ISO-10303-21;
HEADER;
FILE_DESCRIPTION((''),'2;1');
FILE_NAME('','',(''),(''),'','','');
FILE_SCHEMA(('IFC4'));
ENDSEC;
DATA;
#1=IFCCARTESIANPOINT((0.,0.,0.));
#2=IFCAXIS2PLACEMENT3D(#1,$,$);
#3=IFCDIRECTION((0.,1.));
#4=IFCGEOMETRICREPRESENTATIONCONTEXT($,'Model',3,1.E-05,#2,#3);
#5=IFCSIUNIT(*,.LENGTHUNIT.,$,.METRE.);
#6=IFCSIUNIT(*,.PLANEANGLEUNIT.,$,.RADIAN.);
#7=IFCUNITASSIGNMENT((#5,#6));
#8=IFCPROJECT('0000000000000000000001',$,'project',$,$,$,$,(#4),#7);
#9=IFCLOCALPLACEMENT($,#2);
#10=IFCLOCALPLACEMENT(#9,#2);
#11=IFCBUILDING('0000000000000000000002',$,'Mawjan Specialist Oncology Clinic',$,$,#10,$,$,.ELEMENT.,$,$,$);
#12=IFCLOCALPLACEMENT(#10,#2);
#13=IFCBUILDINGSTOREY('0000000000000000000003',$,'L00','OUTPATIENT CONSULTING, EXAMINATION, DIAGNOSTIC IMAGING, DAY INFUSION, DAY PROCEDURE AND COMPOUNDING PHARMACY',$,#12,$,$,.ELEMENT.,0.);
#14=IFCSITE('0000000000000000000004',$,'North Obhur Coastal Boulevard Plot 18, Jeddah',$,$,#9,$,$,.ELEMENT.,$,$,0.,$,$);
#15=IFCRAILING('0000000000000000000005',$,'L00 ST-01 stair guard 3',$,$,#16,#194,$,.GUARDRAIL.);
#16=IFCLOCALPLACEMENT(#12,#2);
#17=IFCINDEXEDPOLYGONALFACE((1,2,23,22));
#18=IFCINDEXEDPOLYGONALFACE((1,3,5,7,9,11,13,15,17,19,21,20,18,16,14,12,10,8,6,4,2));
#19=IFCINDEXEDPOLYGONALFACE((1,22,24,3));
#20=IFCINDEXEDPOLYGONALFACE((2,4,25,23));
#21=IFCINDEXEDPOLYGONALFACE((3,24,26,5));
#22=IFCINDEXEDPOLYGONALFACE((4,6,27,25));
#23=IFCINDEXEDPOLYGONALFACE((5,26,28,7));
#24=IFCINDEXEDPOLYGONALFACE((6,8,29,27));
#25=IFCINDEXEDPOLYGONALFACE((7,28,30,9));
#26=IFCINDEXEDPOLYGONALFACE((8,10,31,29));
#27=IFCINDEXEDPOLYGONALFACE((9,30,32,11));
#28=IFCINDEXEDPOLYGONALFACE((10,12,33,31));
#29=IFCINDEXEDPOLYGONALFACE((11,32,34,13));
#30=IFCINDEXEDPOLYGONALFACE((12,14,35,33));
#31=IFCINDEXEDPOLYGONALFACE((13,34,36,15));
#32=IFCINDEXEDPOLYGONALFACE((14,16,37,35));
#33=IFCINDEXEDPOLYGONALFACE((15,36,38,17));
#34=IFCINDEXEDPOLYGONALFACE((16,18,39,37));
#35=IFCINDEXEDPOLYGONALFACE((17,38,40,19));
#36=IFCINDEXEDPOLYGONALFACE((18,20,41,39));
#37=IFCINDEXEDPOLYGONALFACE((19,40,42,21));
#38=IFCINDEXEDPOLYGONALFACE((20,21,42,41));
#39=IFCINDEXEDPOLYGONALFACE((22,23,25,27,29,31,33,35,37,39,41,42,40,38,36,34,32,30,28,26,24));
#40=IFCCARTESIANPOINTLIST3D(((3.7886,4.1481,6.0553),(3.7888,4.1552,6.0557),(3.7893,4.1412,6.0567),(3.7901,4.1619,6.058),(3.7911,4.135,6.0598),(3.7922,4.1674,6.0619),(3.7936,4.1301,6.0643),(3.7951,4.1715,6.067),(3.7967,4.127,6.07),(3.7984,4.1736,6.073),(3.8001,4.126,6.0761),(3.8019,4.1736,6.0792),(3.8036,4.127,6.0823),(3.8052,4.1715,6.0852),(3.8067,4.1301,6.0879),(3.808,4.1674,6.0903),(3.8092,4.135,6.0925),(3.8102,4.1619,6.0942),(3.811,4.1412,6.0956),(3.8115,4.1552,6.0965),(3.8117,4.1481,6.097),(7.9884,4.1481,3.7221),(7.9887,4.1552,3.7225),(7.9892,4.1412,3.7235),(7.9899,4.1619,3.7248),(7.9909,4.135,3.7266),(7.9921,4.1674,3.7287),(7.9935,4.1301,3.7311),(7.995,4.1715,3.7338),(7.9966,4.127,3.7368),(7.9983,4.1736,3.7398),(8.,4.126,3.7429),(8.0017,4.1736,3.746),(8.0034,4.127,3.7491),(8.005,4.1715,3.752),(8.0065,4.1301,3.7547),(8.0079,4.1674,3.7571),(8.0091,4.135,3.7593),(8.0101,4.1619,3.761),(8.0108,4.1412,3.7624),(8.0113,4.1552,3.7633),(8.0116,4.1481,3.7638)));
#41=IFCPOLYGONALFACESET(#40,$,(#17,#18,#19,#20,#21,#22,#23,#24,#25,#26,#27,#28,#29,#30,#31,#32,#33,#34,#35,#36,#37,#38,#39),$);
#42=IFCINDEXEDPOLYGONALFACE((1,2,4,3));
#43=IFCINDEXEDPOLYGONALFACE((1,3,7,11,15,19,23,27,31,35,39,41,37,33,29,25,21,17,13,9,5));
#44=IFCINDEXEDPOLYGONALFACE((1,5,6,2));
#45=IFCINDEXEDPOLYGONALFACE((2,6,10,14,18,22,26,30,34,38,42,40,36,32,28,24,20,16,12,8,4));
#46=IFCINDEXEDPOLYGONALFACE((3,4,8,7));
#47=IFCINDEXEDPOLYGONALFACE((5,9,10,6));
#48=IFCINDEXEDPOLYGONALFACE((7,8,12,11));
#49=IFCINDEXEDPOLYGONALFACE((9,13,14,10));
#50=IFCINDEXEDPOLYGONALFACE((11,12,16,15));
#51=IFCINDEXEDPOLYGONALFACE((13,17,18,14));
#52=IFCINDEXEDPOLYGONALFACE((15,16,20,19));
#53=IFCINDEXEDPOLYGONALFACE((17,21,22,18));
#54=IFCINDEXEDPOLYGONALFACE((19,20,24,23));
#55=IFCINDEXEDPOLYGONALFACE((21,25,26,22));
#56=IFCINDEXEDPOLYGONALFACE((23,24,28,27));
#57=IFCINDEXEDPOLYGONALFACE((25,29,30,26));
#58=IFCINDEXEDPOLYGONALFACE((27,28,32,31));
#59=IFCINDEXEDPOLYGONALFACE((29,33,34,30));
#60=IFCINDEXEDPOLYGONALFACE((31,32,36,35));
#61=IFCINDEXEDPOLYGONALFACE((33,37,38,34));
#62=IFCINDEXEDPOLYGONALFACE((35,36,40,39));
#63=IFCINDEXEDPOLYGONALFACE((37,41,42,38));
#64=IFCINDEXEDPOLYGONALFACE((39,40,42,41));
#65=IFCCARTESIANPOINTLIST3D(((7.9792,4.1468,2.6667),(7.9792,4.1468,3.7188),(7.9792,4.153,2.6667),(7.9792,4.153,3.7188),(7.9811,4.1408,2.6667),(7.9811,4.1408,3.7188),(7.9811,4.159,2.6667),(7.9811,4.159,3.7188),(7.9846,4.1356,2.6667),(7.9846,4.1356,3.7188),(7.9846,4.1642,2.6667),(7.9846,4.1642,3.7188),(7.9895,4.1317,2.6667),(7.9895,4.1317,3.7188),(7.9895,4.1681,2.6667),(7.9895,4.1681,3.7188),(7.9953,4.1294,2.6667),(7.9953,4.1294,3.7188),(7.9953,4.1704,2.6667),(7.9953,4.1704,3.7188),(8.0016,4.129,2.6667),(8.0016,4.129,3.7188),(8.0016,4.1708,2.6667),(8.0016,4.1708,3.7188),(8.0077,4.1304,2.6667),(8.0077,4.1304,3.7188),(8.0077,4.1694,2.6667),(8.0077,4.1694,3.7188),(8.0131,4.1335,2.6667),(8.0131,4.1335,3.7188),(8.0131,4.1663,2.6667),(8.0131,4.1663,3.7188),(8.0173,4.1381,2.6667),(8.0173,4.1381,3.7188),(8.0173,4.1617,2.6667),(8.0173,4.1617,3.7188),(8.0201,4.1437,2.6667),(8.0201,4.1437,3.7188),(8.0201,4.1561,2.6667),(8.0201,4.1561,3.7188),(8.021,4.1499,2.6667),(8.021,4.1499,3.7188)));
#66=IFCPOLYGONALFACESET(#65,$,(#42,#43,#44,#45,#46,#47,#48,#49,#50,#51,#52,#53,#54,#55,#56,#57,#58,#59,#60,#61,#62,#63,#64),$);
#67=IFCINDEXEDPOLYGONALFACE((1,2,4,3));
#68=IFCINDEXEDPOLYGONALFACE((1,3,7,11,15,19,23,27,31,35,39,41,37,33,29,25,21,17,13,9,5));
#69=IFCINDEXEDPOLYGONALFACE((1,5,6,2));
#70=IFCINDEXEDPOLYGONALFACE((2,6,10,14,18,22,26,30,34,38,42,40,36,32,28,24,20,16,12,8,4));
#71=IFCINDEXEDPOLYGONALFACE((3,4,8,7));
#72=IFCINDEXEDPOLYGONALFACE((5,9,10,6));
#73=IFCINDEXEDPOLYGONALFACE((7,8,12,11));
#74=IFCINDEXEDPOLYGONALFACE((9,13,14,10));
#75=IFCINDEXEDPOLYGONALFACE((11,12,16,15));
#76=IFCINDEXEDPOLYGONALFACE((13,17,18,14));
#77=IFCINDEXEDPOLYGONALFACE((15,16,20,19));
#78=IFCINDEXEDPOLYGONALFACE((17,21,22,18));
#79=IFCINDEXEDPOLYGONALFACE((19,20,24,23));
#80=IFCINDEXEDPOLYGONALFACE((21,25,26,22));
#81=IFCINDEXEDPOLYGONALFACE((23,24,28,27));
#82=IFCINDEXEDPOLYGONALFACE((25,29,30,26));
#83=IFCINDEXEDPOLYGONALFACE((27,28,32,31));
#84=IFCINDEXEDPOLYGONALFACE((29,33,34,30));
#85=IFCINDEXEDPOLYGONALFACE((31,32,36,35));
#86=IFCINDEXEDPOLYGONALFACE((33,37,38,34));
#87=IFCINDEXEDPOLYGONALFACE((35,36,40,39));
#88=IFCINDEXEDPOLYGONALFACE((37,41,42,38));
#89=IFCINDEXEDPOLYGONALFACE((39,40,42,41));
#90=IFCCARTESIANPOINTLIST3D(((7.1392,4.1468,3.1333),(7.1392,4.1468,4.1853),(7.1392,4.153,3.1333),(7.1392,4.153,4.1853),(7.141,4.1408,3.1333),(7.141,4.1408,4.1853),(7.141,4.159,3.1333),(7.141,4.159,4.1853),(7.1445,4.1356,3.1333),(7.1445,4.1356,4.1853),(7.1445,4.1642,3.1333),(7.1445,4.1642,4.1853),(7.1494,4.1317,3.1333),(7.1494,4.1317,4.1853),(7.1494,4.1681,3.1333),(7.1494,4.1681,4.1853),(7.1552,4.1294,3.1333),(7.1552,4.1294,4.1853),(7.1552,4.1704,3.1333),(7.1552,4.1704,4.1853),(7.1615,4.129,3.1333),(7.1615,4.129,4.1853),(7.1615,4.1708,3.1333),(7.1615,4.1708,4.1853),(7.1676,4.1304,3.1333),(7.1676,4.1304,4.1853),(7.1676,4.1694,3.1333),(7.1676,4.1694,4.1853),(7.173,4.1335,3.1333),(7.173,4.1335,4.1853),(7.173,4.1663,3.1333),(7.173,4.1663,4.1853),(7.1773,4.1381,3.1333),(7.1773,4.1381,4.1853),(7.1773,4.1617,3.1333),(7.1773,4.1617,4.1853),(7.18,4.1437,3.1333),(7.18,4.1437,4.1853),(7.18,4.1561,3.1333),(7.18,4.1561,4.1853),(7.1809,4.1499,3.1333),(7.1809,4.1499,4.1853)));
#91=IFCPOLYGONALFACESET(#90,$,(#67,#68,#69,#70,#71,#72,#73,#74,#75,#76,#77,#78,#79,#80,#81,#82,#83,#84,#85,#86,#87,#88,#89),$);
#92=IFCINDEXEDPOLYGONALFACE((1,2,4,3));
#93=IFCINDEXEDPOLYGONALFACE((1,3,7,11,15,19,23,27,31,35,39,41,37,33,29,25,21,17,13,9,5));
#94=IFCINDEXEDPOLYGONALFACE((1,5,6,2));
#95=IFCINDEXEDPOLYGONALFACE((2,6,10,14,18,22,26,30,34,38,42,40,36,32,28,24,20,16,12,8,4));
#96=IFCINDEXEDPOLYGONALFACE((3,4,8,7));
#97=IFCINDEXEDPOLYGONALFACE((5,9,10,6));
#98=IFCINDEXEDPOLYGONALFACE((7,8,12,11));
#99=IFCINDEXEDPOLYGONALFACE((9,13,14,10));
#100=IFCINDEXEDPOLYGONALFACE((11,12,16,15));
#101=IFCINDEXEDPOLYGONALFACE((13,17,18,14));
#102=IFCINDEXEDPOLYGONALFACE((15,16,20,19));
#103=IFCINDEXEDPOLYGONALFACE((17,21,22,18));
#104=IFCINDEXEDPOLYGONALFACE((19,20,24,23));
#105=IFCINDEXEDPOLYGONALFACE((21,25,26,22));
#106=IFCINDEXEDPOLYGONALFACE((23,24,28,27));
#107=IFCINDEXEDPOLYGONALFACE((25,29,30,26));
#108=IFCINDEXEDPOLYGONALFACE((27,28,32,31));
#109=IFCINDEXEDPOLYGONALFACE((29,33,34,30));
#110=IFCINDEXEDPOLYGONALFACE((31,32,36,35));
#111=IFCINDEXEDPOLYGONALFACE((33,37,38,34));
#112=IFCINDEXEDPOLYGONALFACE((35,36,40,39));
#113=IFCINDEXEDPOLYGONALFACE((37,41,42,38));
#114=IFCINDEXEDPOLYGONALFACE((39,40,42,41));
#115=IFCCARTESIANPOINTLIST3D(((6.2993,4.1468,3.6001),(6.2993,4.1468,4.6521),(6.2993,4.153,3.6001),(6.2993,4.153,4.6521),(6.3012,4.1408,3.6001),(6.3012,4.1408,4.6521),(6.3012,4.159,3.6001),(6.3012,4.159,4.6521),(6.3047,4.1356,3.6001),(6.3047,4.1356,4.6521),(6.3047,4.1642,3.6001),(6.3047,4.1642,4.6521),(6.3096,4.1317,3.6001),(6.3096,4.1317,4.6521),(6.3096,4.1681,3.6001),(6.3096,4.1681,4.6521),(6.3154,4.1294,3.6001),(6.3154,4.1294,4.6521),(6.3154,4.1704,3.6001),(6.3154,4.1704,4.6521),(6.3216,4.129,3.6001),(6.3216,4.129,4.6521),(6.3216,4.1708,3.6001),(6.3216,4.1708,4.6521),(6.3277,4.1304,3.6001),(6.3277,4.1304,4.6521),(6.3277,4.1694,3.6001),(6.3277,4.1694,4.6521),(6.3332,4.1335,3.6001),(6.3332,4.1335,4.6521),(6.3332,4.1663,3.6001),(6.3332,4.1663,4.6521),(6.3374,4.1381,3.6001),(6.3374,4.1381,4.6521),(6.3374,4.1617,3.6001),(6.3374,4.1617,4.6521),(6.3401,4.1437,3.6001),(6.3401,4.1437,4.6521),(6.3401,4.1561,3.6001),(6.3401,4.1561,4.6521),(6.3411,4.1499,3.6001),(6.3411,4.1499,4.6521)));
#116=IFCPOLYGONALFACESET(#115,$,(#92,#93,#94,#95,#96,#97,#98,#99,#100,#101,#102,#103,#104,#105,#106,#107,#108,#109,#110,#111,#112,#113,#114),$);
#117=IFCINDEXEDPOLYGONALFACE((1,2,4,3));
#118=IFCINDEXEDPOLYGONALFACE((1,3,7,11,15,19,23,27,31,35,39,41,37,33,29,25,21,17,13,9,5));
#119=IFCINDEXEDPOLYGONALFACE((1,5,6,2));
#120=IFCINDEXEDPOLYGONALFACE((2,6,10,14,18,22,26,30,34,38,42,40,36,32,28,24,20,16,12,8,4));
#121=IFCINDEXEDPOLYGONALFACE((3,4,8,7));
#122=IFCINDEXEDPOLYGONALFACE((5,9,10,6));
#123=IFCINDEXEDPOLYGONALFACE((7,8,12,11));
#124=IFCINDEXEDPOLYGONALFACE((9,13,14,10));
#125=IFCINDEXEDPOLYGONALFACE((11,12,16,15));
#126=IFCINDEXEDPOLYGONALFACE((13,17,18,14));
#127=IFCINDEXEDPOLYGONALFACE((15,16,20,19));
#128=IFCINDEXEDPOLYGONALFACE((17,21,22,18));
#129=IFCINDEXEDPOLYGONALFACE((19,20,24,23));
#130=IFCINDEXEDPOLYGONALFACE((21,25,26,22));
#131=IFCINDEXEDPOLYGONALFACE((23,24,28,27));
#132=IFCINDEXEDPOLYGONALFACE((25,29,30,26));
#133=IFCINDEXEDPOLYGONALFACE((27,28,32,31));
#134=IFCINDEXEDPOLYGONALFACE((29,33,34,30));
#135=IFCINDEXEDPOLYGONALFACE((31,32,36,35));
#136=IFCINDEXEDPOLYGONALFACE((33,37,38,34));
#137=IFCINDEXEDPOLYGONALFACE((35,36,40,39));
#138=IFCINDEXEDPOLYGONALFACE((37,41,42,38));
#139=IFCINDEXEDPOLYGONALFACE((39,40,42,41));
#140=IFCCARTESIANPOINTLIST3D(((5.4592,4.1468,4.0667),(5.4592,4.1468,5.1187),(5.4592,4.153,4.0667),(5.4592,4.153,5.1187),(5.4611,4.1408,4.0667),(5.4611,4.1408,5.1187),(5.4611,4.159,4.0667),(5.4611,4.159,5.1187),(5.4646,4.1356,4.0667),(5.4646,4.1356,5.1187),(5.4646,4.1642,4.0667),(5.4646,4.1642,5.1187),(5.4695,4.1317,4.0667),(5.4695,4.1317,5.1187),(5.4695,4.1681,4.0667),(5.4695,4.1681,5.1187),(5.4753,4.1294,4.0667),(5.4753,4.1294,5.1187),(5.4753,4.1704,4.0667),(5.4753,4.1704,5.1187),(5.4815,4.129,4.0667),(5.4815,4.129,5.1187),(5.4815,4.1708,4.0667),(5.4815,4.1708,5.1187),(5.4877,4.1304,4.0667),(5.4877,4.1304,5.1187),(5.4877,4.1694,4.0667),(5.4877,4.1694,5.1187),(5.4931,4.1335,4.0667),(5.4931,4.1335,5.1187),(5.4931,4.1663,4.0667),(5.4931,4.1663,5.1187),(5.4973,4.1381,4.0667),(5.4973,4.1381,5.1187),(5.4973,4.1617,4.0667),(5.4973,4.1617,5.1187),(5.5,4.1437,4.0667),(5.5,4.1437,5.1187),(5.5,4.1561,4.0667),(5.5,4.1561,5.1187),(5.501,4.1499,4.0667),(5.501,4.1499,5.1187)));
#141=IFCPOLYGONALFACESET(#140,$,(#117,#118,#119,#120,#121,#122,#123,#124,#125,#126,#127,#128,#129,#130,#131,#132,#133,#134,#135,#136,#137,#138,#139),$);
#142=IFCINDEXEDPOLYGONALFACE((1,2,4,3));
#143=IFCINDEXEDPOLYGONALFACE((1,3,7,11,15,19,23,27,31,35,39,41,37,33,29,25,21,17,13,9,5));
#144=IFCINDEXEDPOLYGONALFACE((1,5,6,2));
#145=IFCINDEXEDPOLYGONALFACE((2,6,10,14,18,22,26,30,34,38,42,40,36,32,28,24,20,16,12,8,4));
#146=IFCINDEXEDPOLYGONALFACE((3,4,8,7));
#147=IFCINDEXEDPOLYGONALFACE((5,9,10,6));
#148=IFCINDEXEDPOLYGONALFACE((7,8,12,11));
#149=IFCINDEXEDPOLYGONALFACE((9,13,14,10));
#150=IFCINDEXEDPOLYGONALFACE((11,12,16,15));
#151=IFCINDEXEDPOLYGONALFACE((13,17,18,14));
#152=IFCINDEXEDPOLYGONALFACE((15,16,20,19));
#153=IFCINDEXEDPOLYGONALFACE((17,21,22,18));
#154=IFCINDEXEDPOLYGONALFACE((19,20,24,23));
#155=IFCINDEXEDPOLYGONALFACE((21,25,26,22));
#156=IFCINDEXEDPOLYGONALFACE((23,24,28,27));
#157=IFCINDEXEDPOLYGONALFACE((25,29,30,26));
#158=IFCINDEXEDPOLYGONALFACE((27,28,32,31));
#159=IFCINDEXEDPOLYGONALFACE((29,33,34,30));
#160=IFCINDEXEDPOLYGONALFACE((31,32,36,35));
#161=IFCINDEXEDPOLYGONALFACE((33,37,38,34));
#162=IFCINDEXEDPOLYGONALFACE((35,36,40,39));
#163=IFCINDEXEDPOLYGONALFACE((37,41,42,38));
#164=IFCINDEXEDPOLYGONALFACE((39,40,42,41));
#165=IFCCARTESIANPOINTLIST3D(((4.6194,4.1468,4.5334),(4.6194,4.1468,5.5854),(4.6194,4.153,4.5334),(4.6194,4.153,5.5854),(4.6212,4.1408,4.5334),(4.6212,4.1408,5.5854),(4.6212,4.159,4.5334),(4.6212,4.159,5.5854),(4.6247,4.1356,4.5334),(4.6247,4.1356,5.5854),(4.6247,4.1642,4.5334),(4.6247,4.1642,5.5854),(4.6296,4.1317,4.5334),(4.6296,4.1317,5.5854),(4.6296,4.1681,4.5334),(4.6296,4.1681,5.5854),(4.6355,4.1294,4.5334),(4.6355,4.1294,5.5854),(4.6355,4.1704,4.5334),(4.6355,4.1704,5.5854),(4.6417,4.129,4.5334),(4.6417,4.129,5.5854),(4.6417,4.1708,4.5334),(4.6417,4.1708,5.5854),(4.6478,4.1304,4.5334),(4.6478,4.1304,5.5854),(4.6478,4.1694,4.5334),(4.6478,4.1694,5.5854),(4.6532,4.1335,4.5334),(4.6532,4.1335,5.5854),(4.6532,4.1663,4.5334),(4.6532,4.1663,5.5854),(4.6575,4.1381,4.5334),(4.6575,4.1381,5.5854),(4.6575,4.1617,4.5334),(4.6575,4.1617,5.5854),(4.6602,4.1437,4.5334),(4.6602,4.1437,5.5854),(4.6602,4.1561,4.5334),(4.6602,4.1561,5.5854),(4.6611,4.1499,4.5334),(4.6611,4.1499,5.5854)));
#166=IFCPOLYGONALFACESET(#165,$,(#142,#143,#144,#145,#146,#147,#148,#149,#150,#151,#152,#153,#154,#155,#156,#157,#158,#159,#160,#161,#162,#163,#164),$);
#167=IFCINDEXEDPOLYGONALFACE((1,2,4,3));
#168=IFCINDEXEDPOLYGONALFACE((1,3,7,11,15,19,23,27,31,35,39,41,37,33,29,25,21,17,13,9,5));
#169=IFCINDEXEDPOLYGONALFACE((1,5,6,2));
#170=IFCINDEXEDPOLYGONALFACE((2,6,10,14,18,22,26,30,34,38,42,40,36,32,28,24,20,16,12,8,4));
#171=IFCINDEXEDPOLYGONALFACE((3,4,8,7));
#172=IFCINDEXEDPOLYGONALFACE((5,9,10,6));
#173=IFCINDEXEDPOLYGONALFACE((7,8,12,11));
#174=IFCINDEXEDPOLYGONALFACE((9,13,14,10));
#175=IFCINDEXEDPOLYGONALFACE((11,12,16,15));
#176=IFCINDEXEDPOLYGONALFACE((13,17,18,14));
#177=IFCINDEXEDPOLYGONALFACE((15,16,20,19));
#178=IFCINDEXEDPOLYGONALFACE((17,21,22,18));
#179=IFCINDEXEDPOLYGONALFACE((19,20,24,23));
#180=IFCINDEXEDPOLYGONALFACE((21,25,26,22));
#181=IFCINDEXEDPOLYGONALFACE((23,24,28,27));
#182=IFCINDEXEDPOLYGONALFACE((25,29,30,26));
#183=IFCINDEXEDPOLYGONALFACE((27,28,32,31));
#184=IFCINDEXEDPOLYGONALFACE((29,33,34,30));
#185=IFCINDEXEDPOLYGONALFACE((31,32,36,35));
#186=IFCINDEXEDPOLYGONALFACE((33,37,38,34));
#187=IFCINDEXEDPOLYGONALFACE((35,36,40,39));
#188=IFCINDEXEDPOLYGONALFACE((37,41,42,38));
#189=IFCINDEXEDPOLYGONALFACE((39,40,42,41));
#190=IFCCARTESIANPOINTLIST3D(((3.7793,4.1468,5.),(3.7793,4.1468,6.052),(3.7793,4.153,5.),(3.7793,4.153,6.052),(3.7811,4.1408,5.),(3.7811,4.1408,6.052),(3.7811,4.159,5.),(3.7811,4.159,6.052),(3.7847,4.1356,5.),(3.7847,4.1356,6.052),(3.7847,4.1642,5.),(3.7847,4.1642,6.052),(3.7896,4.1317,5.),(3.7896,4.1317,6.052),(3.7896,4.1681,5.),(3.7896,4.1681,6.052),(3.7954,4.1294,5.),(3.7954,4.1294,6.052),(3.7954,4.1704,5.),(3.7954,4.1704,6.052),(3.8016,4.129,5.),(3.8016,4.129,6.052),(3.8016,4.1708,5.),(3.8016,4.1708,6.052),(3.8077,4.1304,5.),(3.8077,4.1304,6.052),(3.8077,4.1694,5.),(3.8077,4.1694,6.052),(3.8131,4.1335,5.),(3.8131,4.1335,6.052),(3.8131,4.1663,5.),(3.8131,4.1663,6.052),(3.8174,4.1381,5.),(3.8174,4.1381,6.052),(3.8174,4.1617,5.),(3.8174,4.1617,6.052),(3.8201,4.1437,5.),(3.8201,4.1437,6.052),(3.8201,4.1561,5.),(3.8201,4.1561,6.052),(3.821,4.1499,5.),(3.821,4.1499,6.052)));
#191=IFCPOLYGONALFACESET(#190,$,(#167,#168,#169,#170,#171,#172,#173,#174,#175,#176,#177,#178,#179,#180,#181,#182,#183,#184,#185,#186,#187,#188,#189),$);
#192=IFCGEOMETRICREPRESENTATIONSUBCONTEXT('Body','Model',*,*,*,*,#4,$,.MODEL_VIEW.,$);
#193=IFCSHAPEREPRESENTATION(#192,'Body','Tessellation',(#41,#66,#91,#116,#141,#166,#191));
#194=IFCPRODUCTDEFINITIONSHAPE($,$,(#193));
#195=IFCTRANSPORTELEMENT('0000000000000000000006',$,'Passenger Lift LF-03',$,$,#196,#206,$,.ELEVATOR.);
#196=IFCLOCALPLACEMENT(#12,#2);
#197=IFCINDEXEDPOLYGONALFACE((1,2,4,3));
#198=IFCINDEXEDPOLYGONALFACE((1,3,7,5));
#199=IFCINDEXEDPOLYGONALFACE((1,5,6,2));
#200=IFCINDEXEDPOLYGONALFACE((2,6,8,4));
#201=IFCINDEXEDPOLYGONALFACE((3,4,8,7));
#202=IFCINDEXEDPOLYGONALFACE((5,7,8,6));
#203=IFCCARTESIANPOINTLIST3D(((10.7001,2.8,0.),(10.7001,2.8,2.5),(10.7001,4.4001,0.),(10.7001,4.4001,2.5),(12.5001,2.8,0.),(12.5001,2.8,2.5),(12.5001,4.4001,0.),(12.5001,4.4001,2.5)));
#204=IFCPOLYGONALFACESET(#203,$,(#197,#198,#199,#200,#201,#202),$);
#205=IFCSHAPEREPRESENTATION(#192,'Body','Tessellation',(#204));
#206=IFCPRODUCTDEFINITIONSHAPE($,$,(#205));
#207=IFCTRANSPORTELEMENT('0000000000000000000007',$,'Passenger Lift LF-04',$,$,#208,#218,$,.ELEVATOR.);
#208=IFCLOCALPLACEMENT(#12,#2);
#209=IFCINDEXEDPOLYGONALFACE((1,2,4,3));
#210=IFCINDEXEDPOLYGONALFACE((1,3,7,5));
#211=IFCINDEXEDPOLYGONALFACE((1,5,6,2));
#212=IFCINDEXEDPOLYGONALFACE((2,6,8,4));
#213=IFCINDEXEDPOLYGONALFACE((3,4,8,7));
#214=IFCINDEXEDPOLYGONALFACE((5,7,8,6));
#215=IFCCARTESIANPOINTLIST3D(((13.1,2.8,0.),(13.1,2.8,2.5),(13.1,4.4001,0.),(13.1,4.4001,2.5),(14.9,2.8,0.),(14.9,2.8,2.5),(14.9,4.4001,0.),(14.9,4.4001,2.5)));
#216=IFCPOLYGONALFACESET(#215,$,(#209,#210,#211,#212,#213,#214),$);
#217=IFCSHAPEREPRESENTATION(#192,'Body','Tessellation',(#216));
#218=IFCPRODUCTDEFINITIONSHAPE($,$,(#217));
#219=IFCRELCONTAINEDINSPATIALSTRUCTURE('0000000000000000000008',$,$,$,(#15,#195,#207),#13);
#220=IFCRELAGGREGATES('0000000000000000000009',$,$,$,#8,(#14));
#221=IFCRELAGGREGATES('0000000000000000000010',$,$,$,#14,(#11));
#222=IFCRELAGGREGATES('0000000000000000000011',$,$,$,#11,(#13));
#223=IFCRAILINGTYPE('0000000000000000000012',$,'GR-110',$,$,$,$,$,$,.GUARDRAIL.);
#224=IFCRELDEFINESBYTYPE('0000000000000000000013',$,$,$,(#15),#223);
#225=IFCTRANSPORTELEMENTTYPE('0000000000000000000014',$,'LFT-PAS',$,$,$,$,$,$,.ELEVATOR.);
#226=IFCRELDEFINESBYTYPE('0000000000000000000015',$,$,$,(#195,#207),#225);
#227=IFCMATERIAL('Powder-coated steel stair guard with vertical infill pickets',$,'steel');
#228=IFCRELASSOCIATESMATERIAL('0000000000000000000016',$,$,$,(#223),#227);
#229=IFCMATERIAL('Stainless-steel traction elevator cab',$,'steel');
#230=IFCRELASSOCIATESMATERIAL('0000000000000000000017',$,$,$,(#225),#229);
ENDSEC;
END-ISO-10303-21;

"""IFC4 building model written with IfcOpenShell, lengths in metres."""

from ifc_helpers import new_model, si_unit, direction, frame, origin, origin_2d, place, context, subcontext, project, spatial, rectangle, circle, extrude, material, type_object, element, save


model = new_model("IFC4")

# Units and contexts
model_context = context("Model", 3, precision=1e-05, world=origin(), true_north=direction((0.0, 1.0)))
body_context = subcontext(model_context, "Body", "Model", "MODEL_VIEW")
ifc_project = project(units=[si_unit("LENGTHUNIT", "METRE"), si_unit("PLANEANGLEUNIT", "RADIAN")], contexts=[model_context])

# Site, building, storey
site_placement = place(None, origin())
site = spatial("IfcSite", under=ifc_project, at=site_placement, Name="North Obhur Coastal Boulevard Plot 18, Jeddah", CompositionType="ELEMENT", RefElevation=0.0)
building_placement = place(site_placement, origin())
building = spatial("IfcBuilding", under=site, at=building_placement, Name="Mawjan Specialist Oncology Clinic", CompositionType="ELEMENT")
storey_placement = place(building_placement, origin())
storey = spatial("IfcBuildingStorey", under=building, at=storey_placement, Name="L00", Description="OUTPATIENT CONSULTING, EXAMINATION, DIAGNOSTIC IMAGING, DAY INFUSION, DAY PROCEDURE AND COMPOUNDING PHARMACY", CompositionType="ELEMENT", Elevation=0.0)

# Railing
ifc_material_1 = material(Name="Powder-coated steel stair guard with vertical infill pickets", Category="steel")
railing_type = type_object("IfcRailingType", Name="GR-110", PredefinedType="GUARDRAIL", material=ifc_material_1)
railing_1_placement = place(storey_placement, frame((8.0, 4.1499, 2.6667)))
element("IfcRailing", 1, at=railing_1_placement, inside=storey, type_object=railing_type, Name="L00 ST-01 stair guard 3", PredefinedType="GUARDRAIL", context=body_context, shape_type="SweptSolid", body=[
    extrude(circle(Radius=0.0239, at=origin_2d()), frame((0.0, 0.0, 1.0762), z_axis=(-0.874162, 0.0, 0.485634), x_axis=(0.0, -1.0, 0.0)), (0.0, 0.0, 1.0), 4.8044),
    extrude(circle(Radius=0.021, at=origin_2d()), origin(), (0.0, 0.0, 1.0), 1.052),
    extrude(circle(Radius=0.021, at=origin_2d()), frame((-0.8401, 0.0, 0.4666)), (0.0, 0.0, 1.0), 1.052),
    extrude(circle(Radius=0.021, at=origin_2d()), frame((-1.6799, 0.0, 0.9333)), (0.0, 0.0, 1.0), 1.052),
    extrude(circle(Radius=0.021, at=origin_2d()), frame((-2.52, 0.0, 1.3999)), (0.0, 0.0, 1.0), 1.052),
    extrude(circle(Radius=0.021, at=origin_2d()), frame((-3.3599, 0.0, 1.8667)), (0.0, 0.0, 1.0), 1.052),
    extrude(circle(Radius=0.021, at=origin_2d()), frame((-4.2, 0.0, 2.3333)), (0.0, 0.0, 1.0), 1.052),
])

# Transport elements
ifc_material_2 = material(Name="Stainless-steel traction elevator cab", Category="steel")
transport_element_type = type_object("IfcTransportElementType", Name="LFT-PAS", PredefinedType="ELEVATOR", material=ifc_material_2)
for number, where, z_axis, x_axis, name in (
    (2, (11.6001, 3.6001, 0.0), (0.0, 0.0, 1.0), (1.0, 0.0, 0.0), "Passenger Lift LF-03"),
    (3, (14.0, 3.6001, 0.0), (0.0, 0.0, 1.0), (1.0, 0.0, 0.0), "Passenger Lift LF-04"),
):
    element("IfcTransportElement", number, at=place(storey_placement, frame(where, z_axis=z_axis, x_axis=x_axis)), inside=storey, type_object=transport_element_type, Name=name, PredefinedType="ELEVATOR", context=body_context, shape_type="SweptSolid", body=[
        extrude(rectangle(XDim=1.8, YDim=1.6001, at=origin_2d()), origin(), (0.0, 0.0, 1.0), 2.5),
    ])

save(model, "model.ifc")
